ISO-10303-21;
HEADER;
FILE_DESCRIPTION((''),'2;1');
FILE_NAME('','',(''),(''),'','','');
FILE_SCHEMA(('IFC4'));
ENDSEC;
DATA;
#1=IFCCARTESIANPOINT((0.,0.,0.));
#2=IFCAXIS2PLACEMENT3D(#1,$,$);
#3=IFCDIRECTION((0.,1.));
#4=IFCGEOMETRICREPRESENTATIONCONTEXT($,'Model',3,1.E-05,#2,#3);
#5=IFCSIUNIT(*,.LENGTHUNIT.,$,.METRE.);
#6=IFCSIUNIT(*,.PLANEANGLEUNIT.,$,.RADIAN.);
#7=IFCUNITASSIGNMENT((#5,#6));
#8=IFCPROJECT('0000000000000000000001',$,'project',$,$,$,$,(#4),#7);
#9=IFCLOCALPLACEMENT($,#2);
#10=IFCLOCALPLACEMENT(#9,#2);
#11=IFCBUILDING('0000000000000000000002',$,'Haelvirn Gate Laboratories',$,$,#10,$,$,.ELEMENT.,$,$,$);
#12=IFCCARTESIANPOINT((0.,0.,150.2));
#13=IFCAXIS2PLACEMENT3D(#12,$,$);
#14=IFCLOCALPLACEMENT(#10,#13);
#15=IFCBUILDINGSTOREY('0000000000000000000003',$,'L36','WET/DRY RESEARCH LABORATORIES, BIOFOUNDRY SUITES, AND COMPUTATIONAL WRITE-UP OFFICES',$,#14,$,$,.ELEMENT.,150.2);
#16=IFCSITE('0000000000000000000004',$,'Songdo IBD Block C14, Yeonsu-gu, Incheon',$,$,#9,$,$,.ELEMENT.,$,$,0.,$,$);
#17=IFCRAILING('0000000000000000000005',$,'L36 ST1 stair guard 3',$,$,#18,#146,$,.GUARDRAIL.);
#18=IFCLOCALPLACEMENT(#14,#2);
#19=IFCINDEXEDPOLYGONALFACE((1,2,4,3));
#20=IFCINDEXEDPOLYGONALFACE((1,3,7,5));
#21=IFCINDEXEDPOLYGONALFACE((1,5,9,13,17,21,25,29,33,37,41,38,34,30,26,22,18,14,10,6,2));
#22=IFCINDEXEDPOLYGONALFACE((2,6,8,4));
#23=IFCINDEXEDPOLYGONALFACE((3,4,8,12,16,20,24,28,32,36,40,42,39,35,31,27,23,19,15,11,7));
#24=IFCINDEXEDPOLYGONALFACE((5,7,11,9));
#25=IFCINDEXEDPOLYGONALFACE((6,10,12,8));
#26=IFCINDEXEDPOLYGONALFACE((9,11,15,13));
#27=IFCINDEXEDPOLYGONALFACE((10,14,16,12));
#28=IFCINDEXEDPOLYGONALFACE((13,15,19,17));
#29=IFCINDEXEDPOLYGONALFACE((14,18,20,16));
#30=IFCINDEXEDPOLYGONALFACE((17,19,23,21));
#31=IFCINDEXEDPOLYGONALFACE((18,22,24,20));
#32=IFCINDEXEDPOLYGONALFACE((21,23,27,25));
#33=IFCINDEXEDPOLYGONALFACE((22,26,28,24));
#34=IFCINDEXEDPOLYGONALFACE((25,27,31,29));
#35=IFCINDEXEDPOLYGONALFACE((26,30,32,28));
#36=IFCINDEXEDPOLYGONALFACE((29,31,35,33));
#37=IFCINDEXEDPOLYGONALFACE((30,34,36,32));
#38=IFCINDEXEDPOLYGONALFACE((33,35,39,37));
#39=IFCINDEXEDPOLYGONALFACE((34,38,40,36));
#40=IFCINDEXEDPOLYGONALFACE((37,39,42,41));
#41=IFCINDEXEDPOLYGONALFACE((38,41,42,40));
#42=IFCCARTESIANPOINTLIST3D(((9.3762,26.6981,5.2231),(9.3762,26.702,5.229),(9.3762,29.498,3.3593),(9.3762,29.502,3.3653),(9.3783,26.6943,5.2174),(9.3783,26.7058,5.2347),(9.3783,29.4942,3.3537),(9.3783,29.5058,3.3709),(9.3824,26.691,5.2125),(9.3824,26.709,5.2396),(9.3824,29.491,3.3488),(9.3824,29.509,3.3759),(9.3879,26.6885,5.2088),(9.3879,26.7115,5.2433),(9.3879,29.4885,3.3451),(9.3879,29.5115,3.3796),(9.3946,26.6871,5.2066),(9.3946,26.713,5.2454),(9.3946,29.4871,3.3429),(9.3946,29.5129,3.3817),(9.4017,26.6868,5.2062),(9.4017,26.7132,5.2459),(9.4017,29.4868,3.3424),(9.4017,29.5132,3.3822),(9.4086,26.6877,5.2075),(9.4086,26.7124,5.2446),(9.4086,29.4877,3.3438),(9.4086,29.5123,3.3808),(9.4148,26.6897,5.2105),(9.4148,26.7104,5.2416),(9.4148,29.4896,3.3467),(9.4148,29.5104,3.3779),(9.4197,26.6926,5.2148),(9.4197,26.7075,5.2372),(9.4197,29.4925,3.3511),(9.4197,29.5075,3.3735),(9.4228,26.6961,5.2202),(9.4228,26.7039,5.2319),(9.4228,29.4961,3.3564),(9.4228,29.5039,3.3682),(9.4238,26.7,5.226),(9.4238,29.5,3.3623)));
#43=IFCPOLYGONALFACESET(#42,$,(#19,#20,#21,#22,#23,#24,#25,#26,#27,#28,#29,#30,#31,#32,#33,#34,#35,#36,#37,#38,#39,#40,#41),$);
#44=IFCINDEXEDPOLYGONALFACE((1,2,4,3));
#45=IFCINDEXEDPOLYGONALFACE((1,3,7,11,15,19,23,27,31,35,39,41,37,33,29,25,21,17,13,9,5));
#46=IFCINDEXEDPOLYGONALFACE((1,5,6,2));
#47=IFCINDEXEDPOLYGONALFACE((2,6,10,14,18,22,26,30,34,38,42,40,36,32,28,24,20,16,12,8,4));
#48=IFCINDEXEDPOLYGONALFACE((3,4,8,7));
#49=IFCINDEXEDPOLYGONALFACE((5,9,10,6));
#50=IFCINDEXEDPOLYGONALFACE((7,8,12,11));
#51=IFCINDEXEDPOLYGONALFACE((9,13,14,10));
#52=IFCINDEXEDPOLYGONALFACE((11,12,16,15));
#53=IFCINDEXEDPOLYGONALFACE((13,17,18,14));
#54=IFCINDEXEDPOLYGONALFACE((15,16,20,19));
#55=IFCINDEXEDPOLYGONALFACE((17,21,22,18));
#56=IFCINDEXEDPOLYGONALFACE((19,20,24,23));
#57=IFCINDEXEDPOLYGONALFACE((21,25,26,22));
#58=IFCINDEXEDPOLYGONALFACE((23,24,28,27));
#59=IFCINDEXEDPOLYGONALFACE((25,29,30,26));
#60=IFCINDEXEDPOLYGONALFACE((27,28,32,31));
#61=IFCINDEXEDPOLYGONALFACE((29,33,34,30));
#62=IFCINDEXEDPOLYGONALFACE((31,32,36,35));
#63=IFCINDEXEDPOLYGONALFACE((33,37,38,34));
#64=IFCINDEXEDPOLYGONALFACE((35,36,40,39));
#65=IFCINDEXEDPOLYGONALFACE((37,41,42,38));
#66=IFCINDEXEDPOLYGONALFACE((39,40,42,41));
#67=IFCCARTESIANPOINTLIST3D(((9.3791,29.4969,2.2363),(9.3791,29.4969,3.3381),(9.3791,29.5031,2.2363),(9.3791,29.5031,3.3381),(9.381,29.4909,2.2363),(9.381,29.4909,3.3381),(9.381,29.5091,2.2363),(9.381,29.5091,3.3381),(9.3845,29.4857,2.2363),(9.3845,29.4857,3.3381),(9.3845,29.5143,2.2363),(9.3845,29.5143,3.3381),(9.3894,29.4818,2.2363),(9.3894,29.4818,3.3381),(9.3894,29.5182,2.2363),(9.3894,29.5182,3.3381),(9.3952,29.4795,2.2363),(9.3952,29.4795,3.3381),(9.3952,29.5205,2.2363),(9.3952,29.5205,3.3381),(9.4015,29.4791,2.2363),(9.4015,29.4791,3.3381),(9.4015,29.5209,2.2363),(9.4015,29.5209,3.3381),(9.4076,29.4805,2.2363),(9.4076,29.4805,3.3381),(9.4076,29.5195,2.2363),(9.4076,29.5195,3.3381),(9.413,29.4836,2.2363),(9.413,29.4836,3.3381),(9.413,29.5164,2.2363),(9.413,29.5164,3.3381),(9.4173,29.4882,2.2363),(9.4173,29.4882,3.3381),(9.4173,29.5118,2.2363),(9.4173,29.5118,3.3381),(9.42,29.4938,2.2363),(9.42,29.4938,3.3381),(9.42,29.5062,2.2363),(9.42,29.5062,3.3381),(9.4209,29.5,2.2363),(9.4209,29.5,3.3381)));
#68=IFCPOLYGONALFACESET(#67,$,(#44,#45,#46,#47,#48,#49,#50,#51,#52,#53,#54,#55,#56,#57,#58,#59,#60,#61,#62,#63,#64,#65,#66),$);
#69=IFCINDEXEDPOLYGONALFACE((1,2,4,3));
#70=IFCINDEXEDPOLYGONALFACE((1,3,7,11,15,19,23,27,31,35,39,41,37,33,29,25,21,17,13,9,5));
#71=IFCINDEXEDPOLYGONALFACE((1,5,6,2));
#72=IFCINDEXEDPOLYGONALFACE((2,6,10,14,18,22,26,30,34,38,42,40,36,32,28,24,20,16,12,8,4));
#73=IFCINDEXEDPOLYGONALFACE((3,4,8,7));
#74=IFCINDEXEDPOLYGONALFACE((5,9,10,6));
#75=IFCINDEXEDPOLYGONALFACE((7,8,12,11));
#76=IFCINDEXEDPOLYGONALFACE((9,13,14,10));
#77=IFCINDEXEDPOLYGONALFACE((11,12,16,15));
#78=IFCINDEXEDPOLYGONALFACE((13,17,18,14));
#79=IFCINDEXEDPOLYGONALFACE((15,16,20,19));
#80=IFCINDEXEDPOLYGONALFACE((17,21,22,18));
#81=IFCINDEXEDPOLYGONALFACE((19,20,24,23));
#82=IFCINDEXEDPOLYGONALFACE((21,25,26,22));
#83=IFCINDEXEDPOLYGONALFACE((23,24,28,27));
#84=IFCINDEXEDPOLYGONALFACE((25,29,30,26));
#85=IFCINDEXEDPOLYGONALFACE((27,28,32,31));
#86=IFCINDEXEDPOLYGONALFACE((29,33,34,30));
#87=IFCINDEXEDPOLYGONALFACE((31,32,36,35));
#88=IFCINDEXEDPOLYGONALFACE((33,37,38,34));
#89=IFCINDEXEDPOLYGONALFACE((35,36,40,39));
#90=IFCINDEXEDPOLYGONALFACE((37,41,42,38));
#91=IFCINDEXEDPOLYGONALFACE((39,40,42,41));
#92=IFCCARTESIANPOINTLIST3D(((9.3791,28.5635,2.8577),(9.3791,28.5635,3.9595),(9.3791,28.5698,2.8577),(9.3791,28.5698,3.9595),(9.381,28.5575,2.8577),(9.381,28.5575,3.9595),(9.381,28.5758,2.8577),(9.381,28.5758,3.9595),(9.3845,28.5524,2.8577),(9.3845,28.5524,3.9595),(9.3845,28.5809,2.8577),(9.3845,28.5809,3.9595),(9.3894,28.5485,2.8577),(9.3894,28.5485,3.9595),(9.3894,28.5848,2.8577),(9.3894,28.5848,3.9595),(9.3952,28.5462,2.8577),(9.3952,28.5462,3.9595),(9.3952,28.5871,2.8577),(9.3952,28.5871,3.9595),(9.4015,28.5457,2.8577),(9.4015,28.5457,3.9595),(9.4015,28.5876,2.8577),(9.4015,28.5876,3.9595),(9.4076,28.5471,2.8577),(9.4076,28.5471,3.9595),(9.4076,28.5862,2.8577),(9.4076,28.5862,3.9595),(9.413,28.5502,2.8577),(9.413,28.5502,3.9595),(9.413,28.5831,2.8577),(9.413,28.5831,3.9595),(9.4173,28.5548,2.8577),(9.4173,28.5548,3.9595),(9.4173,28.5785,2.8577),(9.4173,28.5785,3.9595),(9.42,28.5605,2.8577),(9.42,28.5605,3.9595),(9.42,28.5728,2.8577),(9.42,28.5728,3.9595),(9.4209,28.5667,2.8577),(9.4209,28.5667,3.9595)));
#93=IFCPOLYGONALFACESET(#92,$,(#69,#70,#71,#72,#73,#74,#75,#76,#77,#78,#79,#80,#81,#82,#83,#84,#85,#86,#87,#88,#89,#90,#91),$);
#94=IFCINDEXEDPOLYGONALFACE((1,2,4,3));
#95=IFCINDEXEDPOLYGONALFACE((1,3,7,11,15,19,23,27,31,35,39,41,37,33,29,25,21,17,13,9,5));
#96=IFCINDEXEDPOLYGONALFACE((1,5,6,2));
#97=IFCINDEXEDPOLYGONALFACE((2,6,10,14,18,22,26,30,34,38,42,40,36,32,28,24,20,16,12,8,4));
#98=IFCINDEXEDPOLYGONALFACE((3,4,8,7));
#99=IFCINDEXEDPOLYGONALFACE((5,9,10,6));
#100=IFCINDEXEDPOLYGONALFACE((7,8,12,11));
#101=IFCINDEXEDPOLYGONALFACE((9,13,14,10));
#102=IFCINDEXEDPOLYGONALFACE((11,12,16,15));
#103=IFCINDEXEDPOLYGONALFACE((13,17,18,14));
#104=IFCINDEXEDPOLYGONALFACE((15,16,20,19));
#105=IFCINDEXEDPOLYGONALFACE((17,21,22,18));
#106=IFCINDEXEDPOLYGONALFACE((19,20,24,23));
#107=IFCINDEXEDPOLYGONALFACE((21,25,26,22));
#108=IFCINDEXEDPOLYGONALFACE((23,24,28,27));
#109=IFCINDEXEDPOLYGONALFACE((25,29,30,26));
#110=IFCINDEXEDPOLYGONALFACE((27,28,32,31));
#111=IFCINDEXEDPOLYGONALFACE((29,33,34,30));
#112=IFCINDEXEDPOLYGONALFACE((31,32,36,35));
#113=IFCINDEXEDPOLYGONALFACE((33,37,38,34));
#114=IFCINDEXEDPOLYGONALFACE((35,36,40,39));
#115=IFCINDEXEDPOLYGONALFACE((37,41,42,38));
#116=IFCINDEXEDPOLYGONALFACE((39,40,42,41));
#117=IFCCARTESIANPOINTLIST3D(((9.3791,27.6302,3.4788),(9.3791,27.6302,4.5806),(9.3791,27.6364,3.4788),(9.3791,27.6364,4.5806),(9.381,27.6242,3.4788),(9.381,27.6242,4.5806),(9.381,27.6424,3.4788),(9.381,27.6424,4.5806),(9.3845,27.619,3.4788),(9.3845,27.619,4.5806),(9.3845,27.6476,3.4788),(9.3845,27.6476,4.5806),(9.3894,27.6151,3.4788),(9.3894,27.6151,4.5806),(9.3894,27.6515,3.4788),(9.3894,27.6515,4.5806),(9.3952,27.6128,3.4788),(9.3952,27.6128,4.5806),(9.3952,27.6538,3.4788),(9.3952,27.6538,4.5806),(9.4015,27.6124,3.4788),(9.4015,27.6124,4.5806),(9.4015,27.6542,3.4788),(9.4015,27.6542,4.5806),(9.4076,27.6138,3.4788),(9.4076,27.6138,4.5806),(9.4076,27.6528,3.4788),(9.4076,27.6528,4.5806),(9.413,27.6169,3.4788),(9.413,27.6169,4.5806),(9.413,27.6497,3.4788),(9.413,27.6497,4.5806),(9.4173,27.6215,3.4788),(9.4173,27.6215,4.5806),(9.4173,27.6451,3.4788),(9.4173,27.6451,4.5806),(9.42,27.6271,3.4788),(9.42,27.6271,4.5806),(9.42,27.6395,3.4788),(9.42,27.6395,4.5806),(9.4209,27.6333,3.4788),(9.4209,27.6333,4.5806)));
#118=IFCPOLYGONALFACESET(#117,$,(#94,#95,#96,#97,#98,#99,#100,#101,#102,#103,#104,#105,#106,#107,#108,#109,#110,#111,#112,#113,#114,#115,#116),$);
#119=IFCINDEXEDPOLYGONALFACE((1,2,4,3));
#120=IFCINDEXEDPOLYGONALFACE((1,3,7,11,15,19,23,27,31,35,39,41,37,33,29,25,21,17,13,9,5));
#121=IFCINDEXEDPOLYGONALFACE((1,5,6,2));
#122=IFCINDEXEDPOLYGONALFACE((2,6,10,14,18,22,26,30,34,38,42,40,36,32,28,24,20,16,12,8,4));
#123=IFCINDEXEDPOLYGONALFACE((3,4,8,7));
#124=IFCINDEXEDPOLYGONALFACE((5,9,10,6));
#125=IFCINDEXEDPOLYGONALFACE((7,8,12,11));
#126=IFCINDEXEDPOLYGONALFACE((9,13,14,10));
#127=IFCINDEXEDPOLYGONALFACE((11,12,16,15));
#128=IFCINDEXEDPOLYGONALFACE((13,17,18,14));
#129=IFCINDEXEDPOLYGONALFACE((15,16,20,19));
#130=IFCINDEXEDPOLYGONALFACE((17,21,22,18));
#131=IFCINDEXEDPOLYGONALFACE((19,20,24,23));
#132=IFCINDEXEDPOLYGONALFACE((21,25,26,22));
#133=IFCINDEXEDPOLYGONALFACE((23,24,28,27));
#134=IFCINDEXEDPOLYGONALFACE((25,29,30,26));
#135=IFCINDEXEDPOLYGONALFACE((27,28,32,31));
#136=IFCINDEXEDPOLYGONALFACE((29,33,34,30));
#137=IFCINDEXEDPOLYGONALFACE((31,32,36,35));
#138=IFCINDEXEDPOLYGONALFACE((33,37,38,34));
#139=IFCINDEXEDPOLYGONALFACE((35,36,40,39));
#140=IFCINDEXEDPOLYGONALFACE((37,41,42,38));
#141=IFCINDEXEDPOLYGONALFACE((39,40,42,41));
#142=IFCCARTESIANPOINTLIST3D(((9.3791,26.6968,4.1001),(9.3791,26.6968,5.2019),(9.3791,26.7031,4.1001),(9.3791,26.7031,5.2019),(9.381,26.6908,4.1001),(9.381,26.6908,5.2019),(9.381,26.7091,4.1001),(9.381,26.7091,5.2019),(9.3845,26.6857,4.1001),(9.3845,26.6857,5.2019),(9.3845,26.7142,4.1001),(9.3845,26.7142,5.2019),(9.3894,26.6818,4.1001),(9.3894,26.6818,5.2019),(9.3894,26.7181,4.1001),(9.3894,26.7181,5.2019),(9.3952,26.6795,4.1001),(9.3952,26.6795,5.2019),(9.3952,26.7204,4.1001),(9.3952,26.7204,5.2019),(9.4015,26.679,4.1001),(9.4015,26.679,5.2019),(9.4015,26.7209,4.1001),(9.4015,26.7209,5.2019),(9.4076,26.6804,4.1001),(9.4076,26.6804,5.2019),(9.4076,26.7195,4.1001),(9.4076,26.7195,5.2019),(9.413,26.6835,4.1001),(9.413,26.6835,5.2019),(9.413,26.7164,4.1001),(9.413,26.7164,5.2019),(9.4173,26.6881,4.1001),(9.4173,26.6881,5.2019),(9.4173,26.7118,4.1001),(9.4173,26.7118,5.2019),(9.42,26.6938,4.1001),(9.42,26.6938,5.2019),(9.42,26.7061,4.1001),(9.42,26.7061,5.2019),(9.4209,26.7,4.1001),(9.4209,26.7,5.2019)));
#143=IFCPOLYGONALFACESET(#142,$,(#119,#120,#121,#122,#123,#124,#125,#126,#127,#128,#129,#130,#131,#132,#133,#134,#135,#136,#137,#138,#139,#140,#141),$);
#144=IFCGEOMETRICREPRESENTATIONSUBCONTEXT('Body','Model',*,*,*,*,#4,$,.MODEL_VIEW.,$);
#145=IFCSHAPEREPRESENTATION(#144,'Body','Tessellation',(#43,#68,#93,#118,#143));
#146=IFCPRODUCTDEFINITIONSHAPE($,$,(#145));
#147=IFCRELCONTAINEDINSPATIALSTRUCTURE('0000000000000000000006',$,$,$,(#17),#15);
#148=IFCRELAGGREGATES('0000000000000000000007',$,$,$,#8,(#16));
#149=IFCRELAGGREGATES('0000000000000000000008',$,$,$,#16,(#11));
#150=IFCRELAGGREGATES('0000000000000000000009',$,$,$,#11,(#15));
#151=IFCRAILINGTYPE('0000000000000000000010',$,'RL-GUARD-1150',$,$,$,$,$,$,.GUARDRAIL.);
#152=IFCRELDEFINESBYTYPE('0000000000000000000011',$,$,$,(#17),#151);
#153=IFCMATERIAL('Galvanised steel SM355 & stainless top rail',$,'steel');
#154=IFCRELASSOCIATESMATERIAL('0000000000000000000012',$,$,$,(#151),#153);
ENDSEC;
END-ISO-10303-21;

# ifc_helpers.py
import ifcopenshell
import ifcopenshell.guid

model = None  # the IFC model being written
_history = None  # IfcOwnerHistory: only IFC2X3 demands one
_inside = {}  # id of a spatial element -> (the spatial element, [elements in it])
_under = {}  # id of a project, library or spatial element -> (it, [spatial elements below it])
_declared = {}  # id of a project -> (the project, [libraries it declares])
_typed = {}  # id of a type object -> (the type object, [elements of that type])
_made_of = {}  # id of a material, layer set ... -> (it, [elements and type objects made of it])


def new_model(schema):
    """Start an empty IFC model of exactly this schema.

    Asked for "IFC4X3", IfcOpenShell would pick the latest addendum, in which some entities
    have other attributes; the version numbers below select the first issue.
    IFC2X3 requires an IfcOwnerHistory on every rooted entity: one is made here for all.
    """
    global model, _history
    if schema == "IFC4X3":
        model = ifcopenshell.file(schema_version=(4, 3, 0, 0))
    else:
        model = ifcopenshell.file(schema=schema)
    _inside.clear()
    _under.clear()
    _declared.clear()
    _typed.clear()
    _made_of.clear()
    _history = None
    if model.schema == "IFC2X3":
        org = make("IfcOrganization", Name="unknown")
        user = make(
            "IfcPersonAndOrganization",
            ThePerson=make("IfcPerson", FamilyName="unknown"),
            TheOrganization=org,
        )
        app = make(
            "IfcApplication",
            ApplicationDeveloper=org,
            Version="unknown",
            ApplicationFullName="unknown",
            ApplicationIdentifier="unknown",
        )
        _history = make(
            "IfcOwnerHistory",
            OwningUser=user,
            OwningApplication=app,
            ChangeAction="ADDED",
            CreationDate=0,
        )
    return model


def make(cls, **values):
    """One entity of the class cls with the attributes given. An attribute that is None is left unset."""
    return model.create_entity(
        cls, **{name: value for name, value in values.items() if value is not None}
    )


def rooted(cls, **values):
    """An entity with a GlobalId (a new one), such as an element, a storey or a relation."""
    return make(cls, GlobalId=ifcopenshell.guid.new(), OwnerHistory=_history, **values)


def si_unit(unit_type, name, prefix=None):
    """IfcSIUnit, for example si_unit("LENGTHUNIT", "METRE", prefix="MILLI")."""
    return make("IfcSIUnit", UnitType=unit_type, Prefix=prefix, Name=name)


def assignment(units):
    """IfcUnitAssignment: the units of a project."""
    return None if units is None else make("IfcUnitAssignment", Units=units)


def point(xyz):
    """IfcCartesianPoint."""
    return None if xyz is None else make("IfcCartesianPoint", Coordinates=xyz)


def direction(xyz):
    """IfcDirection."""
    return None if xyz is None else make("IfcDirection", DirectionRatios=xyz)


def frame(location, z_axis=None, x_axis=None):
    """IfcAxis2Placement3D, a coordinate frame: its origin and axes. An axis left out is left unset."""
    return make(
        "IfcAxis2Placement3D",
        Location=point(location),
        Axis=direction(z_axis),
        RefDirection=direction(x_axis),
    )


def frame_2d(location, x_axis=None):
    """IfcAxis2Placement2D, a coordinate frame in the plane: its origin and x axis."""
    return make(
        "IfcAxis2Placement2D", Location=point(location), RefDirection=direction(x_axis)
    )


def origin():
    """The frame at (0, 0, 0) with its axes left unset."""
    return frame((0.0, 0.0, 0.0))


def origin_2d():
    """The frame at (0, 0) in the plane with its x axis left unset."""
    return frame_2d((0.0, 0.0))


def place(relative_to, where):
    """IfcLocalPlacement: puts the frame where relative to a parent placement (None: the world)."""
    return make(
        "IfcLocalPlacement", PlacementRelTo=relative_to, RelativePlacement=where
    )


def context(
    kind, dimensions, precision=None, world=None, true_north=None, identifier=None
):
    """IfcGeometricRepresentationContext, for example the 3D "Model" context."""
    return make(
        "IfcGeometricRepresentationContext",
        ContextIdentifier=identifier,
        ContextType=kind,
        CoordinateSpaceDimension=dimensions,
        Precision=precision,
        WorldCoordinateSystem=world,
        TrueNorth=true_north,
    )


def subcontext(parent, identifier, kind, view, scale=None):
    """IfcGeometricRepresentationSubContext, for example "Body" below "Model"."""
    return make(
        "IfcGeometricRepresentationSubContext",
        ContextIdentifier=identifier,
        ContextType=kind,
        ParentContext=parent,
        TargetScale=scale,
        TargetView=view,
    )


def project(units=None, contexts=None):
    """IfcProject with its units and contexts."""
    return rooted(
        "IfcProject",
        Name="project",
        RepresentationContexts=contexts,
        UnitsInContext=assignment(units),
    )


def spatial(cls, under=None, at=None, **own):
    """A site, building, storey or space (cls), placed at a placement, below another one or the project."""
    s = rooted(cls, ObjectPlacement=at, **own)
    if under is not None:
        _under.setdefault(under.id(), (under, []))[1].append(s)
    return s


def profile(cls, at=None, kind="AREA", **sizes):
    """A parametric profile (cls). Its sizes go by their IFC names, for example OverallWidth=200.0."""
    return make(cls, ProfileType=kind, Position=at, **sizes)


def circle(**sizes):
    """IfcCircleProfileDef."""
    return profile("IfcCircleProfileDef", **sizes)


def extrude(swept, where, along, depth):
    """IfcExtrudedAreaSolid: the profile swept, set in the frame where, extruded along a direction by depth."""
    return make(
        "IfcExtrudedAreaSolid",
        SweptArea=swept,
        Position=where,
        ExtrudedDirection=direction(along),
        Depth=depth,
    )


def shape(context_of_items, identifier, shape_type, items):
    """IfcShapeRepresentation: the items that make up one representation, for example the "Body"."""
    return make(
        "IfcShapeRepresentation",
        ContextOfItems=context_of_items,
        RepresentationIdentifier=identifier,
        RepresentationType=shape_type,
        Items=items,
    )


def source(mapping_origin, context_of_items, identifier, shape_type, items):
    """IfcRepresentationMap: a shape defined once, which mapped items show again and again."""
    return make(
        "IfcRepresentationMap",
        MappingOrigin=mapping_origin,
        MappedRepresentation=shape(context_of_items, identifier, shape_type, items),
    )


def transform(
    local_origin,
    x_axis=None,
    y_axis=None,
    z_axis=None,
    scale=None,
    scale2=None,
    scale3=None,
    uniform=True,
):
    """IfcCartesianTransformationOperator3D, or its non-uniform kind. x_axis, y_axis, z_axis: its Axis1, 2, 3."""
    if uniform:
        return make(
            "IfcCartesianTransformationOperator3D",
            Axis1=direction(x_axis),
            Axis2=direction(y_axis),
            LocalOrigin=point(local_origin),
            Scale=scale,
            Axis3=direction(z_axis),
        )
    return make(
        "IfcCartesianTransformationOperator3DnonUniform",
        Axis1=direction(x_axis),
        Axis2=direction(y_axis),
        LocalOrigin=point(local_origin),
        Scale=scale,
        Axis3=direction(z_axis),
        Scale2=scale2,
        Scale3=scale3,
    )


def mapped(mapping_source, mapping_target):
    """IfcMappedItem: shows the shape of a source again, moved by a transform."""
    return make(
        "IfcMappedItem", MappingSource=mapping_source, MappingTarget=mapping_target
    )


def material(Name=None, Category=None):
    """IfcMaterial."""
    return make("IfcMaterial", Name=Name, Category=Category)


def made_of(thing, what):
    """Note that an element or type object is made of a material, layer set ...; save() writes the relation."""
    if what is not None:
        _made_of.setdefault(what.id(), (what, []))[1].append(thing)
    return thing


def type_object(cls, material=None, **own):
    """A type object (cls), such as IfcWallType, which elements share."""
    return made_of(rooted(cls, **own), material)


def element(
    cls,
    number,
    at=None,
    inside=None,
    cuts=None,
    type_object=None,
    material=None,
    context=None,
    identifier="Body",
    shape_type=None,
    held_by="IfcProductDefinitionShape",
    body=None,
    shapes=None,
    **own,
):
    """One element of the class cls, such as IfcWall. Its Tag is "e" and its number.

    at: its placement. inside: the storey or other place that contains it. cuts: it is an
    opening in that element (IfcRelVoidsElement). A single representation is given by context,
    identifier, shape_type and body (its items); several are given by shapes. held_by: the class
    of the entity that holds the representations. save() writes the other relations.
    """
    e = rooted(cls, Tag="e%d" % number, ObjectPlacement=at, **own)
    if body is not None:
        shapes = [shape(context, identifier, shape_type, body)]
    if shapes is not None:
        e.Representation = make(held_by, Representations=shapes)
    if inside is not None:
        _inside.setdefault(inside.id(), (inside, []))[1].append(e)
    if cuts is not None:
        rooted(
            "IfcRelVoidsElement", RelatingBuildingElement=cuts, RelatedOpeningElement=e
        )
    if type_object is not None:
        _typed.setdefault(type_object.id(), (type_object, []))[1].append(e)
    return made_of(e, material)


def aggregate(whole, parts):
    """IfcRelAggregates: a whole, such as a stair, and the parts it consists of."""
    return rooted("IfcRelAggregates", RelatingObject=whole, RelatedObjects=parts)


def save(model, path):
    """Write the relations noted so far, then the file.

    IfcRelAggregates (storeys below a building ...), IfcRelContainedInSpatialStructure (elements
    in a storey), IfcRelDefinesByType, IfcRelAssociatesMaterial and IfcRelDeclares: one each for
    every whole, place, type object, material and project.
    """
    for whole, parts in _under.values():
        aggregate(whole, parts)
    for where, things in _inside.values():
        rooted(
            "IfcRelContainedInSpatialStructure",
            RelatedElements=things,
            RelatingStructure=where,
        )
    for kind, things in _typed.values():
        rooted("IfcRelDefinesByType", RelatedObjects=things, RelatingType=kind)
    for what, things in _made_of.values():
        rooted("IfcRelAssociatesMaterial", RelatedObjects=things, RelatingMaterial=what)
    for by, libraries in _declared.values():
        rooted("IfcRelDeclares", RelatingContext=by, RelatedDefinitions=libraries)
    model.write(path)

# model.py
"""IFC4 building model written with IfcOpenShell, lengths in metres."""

from ifc_helpers import new_model, si_unit, direction, frame, origin, origin_2d, place, context, subcontext, project, spatial, circle, extrude, source, transform, mapped, material, type_object, element, save


model = new_model("IFC4")

# Units and contexts
model_context = context("Model", 3, precision=1e-05, world=origin(), true_north=direction((0.0, 1.0)))
body_context = subcontext(model_context, "Body", "Model", "MODEL_VIEW")
ifc_project = project(units=[si_unit("LENGTHUNIT", "METRE"), si_unit("PLANEANGLEUNIT", "RADIAN")], contexts=[model_context])

# Site, building, storey
site_placement = place(None, origin())
site = spatial("IfcSite", under=ifc_project, at=site_placement, Name="Songdo IBD Block C14, Yeonsu-gu, Incheon", CompositionType="ELEMENT", RefElevation=0.0)
building_placement = place(site_placement, origin())
building = spatial("IfcBuilding", under=site, at=building_placement, Name="Haelvirn Gate Laboratories", CompositionType="ELEMENT")
storey_placement = place(building_placement, frame((0.0, 0.0, 150.2)))
storey = spatial("IfcBuildingStorey", under=building, at=storey_placement, Name="L36", Description="WET/DRY RESEARCH LABORATORIES, BIOFOUNDRY SUITES, AND COMPUTATIONAL WRITE-UP OFFICES", CompositionType="ELEMENT", Elevation=150.2)

# Railing
ifc_material_1 = material(Name="Galvanised steel SM355 & stainless top rail", Category="steel")
railing_type_1 = type_object("IfcRailingType", Name="RL-GUARD-1150", PredefinedType="GUARDRAIL", material=ifc_material_1)
shared_shape_1 = source(origin(), body_context, "Body", "SweptSolid", [
    extrude(circle(Radius=0.0239, at=origin_2d()), frame((0.0, 0.0, 1.126), z_axis=(0.0, -0.832452, 0.554097), x_axis=(1.0, 0.0, 0.0)), (0.0, 0.0, 1.0), 3.3635),
    extrude(circle(Radius=0.021, at=origin_2d()), origin(), (0.0, 0.0, 1.0), 1.1018),
    extrude(circle(Radius=0.021, at=origin_2d()), frame((0.0, -0.9333, 0.6213)), (0.0, 0.0, 1.0), 1.1018),
    extrude(circle(Radius=0.021, at=origin_2d()), frame((0.0, -1.8667, 1.2424)), (0.0, 0.0, 1.0), 1.1018),
    extrude(circle(Radius=0.021, at=origin_2d()), frame((0.0, -2.8, 1.8638)), (0.0, 0.0, 1.0), 1.1018),
])
railing_1_placement = place(storey_placement, frame((9.3999, 29.5, 2.2363)))
element("IfcRailing", 1, at=railing_1_placement, inside=storey, type_object=railing_type_1, Name="L36 ST1 stair guard 3", PredefinedType="GUARDRAIL", context=body_context, shape_type="MappedRepresentation", body=[
    mapped(shared_shape_1, transform((0.0, 0.0, 0.0), scale=1.0)),
])

save(model, "model.ifc")
